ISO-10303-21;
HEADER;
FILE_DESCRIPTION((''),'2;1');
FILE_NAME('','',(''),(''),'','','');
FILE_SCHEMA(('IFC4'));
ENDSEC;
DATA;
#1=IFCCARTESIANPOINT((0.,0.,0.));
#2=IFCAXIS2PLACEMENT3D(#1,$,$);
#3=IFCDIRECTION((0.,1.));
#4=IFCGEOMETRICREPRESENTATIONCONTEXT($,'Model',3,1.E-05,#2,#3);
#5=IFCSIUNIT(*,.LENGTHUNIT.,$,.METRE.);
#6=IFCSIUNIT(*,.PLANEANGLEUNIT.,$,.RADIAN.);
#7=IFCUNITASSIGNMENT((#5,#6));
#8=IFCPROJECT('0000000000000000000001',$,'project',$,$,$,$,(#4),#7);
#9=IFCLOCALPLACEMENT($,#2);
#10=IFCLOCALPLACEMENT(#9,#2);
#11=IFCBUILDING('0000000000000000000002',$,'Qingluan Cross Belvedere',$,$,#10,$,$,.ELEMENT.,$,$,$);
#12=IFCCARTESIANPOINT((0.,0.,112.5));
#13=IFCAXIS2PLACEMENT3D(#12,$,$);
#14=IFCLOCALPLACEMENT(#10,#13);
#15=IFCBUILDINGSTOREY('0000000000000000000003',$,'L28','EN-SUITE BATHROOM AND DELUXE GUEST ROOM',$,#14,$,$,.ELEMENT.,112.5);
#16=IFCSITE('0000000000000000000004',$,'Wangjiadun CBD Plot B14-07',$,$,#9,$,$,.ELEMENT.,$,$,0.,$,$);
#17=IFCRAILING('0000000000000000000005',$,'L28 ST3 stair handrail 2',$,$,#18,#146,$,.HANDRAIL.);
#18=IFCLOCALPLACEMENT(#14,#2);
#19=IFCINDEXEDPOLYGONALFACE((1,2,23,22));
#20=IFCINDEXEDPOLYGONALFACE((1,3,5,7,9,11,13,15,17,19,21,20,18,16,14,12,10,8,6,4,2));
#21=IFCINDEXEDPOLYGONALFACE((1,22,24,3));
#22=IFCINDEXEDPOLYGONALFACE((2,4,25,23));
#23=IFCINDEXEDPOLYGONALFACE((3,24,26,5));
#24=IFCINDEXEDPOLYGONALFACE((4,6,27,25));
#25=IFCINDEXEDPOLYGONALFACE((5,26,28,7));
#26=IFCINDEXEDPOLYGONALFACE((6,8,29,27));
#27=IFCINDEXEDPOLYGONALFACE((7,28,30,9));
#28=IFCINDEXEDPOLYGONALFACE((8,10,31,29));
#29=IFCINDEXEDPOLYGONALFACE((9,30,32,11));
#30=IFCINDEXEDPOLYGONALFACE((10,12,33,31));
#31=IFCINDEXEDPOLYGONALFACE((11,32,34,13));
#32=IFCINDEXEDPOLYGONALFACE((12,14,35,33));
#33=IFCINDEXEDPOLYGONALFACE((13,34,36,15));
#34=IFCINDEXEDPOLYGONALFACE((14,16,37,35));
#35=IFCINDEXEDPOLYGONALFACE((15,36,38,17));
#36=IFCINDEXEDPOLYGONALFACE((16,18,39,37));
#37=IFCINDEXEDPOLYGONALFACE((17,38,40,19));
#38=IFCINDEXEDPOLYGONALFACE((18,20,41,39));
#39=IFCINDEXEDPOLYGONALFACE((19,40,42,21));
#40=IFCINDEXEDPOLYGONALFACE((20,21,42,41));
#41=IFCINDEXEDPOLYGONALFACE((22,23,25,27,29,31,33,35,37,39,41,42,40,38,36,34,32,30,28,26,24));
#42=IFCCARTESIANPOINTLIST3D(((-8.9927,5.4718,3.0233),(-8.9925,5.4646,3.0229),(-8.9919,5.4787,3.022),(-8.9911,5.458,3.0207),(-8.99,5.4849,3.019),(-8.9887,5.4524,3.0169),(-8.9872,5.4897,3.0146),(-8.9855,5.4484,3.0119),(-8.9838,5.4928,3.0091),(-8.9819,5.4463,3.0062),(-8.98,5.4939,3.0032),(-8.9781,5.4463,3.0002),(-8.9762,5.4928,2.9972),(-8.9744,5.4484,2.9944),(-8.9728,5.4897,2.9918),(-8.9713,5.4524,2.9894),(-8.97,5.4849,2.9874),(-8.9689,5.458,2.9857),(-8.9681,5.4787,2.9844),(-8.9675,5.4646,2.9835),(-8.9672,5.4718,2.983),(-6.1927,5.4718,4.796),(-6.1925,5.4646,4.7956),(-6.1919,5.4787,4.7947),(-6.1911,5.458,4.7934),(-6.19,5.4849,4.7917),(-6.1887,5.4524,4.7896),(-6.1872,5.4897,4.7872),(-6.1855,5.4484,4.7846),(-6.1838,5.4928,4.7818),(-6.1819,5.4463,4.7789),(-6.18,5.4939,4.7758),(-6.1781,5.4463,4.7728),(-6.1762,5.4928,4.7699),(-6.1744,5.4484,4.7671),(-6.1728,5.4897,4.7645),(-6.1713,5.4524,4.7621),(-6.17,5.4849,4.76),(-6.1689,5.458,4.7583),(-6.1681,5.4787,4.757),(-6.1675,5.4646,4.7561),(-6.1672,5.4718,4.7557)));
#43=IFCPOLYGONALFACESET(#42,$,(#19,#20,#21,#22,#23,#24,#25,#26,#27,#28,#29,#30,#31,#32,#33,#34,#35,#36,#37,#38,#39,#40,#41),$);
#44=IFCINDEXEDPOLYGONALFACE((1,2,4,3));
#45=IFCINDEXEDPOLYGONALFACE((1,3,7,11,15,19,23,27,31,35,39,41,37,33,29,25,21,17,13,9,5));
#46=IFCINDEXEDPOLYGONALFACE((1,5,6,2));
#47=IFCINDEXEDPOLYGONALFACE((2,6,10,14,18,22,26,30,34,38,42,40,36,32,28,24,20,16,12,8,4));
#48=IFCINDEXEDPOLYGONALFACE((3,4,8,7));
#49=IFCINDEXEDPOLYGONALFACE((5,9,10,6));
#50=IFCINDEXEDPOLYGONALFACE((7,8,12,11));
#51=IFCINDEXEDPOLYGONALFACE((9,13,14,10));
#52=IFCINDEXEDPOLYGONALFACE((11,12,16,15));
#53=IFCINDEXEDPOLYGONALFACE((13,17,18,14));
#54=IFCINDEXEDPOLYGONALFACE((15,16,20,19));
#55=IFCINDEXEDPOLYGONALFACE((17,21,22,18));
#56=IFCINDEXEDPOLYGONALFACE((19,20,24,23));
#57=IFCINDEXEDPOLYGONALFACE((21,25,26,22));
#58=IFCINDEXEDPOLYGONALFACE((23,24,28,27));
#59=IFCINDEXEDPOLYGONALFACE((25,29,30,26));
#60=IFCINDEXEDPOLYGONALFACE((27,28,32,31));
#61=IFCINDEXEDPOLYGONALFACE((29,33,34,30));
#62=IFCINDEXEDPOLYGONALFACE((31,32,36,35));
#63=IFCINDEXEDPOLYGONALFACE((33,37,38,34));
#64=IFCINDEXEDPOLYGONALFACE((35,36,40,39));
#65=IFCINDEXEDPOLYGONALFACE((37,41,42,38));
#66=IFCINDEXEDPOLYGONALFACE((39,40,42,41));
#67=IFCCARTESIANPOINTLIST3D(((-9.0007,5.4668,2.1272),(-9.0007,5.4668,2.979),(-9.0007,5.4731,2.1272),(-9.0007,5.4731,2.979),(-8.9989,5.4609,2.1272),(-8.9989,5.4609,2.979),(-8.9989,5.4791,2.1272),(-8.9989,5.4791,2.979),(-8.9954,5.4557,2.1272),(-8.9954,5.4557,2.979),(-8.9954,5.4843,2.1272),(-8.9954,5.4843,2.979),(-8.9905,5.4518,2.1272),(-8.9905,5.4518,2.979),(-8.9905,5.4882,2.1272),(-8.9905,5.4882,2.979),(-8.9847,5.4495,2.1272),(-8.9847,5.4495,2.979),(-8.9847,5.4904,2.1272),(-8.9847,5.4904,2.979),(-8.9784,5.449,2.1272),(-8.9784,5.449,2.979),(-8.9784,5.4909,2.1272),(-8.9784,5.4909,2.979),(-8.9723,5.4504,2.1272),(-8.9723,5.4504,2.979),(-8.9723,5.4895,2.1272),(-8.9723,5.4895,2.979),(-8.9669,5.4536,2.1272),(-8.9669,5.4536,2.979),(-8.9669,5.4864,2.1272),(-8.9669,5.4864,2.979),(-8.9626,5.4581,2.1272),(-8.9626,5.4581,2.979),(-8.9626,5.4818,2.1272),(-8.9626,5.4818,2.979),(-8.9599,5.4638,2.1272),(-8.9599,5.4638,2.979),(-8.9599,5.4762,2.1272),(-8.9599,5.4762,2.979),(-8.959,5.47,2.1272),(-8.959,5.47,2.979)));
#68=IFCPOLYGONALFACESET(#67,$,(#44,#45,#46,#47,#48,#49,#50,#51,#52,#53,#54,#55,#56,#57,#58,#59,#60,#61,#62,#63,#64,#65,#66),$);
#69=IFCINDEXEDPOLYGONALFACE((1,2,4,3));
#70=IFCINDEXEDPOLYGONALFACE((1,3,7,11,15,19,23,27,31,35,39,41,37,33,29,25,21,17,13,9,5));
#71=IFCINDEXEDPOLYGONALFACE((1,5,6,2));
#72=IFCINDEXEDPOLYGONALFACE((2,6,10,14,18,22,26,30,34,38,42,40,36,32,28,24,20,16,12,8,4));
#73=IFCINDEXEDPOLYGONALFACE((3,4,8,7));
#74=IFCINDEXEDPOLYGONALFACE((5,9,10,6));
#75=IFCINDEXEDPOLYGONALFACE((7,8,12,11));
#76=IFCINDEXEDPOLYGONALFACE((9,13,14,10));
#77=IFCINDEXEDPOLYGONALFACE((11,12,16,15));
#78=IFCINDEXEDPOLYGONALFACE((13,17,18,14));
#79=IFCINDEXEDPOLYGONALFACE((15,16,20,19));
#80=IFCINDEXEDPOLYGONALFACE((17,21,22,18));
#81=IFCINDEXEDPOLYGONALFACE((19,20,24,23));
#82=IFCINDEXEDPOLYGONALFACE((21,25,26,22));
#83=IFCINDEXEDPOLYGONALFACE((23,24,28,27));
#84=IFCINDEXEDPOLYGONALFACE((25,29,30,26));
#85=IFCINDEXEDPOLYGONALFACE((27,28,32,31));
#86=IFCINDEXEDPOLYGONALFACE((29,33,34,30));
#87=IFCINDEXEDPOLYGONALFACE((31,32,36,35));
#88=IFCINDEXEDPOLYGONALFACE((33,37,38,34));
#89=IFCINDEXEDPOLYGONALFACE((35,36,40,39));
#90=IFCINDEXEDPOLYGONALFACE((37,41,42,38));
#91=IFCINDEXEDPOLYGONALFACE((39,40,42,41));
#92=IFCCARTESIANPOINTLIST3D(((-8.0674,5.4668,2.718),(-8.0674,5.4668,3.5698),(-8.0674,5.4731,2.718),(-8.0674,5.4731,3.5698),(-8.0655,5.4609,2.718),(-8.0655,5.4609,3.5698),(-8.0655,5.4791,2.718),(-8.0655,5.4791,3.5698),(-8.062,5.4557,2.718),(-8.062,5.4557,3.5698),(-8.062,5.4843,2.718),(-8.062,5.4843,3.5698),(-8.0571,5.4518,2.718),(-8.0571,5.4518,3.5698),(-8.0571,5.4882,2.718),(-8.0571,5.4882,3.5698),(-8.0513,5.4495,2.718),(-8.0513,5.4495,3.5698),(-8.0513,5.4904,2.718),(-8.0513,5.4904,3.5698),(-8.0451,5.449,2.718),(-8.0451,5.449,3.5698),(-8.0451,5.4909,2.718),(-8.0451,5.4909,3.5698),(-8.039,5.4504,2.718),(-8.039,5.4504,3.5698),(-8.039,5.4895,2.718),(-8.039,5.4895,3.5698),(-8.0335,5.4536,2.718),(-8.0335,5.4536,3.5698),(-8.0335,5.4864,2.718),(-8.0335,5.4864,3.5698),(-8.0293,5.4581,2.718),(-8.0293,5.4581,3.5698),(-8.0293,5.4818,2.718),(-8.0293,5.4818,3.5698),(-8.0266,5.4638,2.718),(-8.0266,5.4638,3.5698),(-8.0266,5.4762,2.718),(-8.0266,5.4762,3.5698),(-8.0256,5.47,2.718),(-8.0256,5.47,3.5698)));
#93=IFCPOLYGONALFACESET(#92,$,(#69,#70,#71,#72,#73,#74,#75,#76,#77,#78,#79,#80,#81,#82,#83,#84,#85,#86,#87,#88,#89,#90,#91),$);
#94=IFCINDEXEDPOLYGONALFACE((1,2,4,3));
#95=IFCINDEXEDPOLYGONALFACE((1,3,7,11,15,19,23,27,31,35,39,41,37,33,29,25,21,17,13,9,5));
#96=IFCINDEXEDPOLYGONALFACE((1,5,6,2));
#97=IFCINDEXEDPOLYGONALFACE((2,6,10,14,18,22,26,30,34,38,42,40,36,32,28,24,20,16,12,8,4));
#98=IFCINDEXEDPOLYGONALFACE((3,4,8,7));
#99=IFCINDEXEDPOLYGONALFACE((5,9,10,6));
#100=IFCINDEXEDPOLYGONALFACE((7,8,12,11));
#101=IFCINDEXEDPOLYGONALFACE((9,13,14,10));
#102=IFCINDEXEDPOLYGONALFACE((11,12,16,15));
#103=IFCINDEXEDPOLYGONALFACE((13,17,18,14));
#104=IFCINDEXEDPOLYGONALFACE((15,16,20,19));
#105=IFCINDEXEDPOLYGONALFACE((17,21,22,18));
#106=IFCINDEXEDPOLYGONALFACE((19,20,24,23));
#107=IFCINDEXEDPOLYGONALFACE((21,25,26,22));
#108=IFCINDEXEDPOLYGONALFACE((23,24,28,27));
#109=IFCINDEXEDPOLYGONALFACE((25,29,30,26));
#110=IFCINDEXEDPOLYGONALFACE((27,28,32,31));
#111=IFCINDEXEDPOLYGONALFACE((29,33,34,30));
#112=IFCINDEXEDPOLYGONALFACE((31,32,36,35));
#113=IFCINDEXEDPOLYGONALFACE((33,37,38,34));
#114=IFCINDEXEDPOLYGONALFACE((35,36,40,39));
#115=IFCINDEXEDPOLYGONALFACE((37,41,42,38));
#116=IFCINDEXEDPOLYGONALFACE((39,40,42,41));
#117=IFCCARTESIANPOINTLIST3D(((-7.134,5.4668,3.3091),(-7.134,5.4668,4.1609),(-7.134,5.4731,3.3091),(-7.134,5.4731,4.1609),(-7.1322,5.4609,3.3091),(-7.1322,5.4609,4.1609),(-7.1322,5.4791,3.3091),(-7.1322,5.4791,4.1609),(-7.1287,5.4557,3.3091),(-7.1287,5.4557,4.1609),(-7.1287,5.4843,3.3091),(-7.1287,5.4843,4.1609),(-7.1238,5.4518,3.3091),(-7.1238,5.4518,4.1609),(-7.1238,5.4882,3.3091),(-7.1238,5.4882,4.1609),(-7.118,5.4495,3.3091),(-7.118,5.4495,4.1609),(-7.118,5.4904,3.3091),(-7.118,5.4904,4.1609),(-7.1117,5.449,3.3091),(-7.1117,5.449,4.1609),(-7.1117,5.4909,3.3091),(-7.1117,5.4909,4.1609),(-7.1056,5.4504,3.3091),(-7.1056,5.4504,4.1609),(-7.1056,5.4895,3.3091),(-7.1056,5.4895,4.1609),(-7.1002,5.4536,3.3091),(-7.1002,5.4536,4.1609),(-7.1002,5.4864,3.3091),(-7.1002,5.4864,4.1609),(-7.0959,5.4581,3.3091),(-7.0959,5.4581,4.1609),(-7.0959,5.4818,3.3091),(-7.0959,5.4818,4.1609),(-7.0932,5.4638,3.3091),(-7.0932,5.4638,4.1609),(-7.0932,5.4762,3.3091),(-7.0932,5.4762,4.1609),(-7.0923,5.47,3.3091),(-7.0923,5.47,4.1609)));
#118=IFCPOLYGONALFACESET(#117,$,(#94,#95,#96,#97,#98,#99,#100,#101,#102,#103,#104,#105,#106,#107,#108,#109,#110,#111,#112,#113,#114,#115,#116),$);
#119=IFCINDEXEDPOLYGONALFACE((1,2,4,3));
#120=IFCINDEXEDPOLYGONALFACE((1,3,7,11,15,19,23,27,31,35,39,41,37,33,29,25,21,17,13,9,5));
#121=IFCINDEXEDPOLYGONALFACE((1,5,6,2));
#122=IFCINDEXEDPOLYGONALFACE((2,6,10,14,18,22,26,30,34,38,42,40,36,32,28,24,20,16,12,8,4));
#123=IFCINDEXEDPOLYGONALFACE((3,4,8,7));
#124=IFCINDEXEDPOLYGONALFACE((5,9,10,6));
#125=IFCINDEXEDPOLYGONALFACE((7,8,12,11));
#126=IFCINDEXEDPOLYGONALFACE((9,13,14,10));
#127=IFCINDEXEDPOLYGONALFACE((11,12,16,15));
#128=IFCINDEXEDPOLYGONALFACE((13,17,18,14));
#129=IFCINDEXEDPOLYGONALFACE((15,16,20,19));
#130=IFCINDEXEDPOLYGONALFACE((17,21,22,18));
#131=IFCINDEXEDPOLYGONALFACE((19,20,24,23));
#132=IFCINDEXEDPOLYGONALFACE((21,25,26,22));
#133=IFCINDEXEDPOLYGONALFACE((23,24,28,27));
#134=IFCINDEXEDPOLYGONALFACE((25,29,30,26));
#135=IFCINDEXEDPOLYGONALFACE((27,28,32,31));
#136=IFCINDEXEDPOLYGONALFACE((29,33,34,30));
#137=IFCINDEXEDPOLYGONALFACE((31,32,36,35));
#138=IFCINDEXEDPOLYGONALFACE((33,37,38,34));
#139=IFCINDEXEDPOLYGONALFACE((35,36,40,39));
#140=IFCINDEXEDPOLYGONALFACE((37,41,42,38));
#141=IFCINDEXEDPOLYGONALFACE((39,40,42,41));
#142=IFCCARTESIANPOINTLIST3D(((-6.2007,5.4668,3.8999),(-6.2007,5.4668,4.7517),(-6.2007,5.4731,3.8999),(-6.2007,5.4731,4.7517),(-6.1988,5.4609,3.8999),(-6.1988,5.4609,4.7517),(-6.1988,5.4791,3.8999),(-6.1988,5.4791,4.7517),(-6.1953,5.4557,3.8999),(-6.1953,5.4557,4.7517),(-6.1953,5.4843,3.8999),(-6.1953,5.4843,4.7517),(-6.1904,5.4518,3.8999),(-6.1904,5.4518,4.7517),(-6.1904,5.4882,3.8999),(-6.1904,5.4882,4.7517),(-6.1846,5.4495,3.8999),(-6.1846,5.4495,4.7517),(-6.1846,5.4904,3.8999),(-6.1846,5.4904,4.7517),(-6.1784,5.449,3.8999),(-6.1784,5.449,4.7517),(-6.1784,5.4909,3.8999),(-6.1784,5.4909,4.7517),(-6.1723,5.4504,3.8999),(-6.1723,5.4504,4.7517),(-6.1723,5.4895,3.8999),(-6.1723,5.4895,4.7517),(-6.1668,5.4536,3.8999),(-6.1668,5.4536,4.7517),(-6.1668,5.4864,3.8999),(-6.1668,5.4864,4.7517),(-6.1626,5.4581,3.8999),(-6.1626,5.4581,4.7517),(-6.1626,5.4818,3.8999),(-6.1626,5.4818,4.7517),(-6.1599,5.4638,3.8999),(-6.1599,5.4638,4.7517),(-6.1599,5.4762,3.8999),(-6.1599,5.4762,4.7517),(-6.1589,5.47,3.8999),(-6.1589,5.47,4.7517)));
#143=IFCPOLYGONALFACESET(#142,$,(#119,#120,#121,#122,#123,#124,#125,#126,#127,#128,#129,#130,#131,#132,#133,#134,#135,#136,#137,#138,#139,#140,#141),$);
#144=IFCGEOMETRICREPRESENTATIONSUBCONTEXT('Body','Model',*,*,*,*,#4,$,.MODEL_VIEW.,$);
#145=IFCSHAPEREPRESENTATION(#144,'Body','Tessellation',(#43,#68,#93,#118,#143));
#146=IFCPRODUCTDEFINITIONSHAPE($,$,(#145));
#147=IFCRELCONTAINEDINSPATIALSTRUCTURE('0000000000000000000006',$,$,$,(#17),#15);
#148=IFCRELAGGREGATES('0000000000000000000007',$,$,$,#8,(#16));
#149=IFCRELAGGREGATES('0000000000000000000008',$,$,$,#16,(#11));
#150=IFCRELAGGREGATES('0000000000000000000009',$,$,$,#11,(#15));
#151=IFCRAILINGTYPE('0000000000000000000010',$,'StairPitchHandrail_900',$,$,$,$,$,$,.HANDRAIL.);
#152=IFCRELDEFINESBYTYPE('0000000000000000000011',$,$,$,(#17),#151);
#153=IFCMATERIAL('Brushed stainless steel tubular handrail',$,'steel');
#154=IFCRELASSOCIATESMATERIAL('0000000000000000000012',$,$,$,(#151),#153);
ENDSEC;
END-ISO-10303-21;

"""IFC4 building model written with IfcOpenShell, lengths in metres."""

from ifc_helpers import new_model, si_unit, direction, frame, origin, origin_2d, place, context, subcontext, project, spatial, circle, extrude, material, type_object, element, save


model = new_model("IFC4")

# Units and contexts
model_context = context("Model", 3, precision=1e-05, world=origin(), true_north=direction((0.0, 1.0)))
body_context = subcontext(model_context, "Body", "Model", "MODEL_VIEW")
ifc_project = project(units=[si_unit("LENGTHUNIT", "METRE"), si_unit("PLANEANGLEUNIT", "RADIAN")], contexts=[model_context])

# Site, building, storey
site_placement = place(None, origin())
site = spatial("IfcSite", under=ifc_project, at=site_placement, Name="Wangjiadun CBD Plot B14-07", CompositionType="ELEMENT", RefElevation=0.0)
building_placement = place(site_placement, origin())
building = spatial("IfcBuilding", under=site, at=building_placement, Name="Qingluan Cross Belvedere", CompositionType="ELEMENT")
storey_placement = place(building_placement, frame((0.0, 0.0, 112.5)))
storey = spatial("IfcBuildingStorey", under=building, at=storey_placement, Name="L28", Description="EN-SUITE BATHROOM AND DELUXE GUEST ROOM", CompositionType="ELEMENT", Elevation=112.5)

# Railing
ifc_material_1 = material(Name="Brushed stainless steel tubular handrail", Category="steel")
railing_type_1 = type_object("IfcRailingType", Name="StairPitchHandrail_900", PredefinedType="HANDRAIL", material=ifc_material_1)
railing_1_placement = place(storey_placement, frame((-8.98, 5.47, 2.1272)))
element("IfcRailing", 1, at=railing_1_placement, inside=storey, type_object=railing_type_1, Name="L28 ST3 stair handrail 2", PredefinedType="HANDRAIL", context=body_context, shape_type="SweptSolid", body=[
    extrude(circle(Radius=0.0239, at=origin_2d()), frame((0.0, 0.0, 0.876), z_axis=(0.844909, 0.0, 0.53491), x_axis=(0.0, 1.0, 0.0)), (0.0, 0.0, 1.0), 3.314),
    extrude(circle(Radius=0.021, at=origin_2d()), origin(), (0.0, 0.0, 1.0), 0.8518),
    extrude(circle(Radius=0.021, at=origin_2d()), frame((0.9333, 0.0, 0.5908)), (0.0, 0.0, 1.0), 0.8518),
    extrude(circle(Radius=0.021, at=origin_2d()), frame((1.8667, 0.0, 1.1819)), (0.0, 0.0, 1.0), 0.8518),
    extrude(circle(Radius=0.021, at=origin_2d()), frame((2.8, 0.0, 1.7727)), (0.0, 0.0, 1.0), 0.8518),
])

save(model, "model.ifc")
